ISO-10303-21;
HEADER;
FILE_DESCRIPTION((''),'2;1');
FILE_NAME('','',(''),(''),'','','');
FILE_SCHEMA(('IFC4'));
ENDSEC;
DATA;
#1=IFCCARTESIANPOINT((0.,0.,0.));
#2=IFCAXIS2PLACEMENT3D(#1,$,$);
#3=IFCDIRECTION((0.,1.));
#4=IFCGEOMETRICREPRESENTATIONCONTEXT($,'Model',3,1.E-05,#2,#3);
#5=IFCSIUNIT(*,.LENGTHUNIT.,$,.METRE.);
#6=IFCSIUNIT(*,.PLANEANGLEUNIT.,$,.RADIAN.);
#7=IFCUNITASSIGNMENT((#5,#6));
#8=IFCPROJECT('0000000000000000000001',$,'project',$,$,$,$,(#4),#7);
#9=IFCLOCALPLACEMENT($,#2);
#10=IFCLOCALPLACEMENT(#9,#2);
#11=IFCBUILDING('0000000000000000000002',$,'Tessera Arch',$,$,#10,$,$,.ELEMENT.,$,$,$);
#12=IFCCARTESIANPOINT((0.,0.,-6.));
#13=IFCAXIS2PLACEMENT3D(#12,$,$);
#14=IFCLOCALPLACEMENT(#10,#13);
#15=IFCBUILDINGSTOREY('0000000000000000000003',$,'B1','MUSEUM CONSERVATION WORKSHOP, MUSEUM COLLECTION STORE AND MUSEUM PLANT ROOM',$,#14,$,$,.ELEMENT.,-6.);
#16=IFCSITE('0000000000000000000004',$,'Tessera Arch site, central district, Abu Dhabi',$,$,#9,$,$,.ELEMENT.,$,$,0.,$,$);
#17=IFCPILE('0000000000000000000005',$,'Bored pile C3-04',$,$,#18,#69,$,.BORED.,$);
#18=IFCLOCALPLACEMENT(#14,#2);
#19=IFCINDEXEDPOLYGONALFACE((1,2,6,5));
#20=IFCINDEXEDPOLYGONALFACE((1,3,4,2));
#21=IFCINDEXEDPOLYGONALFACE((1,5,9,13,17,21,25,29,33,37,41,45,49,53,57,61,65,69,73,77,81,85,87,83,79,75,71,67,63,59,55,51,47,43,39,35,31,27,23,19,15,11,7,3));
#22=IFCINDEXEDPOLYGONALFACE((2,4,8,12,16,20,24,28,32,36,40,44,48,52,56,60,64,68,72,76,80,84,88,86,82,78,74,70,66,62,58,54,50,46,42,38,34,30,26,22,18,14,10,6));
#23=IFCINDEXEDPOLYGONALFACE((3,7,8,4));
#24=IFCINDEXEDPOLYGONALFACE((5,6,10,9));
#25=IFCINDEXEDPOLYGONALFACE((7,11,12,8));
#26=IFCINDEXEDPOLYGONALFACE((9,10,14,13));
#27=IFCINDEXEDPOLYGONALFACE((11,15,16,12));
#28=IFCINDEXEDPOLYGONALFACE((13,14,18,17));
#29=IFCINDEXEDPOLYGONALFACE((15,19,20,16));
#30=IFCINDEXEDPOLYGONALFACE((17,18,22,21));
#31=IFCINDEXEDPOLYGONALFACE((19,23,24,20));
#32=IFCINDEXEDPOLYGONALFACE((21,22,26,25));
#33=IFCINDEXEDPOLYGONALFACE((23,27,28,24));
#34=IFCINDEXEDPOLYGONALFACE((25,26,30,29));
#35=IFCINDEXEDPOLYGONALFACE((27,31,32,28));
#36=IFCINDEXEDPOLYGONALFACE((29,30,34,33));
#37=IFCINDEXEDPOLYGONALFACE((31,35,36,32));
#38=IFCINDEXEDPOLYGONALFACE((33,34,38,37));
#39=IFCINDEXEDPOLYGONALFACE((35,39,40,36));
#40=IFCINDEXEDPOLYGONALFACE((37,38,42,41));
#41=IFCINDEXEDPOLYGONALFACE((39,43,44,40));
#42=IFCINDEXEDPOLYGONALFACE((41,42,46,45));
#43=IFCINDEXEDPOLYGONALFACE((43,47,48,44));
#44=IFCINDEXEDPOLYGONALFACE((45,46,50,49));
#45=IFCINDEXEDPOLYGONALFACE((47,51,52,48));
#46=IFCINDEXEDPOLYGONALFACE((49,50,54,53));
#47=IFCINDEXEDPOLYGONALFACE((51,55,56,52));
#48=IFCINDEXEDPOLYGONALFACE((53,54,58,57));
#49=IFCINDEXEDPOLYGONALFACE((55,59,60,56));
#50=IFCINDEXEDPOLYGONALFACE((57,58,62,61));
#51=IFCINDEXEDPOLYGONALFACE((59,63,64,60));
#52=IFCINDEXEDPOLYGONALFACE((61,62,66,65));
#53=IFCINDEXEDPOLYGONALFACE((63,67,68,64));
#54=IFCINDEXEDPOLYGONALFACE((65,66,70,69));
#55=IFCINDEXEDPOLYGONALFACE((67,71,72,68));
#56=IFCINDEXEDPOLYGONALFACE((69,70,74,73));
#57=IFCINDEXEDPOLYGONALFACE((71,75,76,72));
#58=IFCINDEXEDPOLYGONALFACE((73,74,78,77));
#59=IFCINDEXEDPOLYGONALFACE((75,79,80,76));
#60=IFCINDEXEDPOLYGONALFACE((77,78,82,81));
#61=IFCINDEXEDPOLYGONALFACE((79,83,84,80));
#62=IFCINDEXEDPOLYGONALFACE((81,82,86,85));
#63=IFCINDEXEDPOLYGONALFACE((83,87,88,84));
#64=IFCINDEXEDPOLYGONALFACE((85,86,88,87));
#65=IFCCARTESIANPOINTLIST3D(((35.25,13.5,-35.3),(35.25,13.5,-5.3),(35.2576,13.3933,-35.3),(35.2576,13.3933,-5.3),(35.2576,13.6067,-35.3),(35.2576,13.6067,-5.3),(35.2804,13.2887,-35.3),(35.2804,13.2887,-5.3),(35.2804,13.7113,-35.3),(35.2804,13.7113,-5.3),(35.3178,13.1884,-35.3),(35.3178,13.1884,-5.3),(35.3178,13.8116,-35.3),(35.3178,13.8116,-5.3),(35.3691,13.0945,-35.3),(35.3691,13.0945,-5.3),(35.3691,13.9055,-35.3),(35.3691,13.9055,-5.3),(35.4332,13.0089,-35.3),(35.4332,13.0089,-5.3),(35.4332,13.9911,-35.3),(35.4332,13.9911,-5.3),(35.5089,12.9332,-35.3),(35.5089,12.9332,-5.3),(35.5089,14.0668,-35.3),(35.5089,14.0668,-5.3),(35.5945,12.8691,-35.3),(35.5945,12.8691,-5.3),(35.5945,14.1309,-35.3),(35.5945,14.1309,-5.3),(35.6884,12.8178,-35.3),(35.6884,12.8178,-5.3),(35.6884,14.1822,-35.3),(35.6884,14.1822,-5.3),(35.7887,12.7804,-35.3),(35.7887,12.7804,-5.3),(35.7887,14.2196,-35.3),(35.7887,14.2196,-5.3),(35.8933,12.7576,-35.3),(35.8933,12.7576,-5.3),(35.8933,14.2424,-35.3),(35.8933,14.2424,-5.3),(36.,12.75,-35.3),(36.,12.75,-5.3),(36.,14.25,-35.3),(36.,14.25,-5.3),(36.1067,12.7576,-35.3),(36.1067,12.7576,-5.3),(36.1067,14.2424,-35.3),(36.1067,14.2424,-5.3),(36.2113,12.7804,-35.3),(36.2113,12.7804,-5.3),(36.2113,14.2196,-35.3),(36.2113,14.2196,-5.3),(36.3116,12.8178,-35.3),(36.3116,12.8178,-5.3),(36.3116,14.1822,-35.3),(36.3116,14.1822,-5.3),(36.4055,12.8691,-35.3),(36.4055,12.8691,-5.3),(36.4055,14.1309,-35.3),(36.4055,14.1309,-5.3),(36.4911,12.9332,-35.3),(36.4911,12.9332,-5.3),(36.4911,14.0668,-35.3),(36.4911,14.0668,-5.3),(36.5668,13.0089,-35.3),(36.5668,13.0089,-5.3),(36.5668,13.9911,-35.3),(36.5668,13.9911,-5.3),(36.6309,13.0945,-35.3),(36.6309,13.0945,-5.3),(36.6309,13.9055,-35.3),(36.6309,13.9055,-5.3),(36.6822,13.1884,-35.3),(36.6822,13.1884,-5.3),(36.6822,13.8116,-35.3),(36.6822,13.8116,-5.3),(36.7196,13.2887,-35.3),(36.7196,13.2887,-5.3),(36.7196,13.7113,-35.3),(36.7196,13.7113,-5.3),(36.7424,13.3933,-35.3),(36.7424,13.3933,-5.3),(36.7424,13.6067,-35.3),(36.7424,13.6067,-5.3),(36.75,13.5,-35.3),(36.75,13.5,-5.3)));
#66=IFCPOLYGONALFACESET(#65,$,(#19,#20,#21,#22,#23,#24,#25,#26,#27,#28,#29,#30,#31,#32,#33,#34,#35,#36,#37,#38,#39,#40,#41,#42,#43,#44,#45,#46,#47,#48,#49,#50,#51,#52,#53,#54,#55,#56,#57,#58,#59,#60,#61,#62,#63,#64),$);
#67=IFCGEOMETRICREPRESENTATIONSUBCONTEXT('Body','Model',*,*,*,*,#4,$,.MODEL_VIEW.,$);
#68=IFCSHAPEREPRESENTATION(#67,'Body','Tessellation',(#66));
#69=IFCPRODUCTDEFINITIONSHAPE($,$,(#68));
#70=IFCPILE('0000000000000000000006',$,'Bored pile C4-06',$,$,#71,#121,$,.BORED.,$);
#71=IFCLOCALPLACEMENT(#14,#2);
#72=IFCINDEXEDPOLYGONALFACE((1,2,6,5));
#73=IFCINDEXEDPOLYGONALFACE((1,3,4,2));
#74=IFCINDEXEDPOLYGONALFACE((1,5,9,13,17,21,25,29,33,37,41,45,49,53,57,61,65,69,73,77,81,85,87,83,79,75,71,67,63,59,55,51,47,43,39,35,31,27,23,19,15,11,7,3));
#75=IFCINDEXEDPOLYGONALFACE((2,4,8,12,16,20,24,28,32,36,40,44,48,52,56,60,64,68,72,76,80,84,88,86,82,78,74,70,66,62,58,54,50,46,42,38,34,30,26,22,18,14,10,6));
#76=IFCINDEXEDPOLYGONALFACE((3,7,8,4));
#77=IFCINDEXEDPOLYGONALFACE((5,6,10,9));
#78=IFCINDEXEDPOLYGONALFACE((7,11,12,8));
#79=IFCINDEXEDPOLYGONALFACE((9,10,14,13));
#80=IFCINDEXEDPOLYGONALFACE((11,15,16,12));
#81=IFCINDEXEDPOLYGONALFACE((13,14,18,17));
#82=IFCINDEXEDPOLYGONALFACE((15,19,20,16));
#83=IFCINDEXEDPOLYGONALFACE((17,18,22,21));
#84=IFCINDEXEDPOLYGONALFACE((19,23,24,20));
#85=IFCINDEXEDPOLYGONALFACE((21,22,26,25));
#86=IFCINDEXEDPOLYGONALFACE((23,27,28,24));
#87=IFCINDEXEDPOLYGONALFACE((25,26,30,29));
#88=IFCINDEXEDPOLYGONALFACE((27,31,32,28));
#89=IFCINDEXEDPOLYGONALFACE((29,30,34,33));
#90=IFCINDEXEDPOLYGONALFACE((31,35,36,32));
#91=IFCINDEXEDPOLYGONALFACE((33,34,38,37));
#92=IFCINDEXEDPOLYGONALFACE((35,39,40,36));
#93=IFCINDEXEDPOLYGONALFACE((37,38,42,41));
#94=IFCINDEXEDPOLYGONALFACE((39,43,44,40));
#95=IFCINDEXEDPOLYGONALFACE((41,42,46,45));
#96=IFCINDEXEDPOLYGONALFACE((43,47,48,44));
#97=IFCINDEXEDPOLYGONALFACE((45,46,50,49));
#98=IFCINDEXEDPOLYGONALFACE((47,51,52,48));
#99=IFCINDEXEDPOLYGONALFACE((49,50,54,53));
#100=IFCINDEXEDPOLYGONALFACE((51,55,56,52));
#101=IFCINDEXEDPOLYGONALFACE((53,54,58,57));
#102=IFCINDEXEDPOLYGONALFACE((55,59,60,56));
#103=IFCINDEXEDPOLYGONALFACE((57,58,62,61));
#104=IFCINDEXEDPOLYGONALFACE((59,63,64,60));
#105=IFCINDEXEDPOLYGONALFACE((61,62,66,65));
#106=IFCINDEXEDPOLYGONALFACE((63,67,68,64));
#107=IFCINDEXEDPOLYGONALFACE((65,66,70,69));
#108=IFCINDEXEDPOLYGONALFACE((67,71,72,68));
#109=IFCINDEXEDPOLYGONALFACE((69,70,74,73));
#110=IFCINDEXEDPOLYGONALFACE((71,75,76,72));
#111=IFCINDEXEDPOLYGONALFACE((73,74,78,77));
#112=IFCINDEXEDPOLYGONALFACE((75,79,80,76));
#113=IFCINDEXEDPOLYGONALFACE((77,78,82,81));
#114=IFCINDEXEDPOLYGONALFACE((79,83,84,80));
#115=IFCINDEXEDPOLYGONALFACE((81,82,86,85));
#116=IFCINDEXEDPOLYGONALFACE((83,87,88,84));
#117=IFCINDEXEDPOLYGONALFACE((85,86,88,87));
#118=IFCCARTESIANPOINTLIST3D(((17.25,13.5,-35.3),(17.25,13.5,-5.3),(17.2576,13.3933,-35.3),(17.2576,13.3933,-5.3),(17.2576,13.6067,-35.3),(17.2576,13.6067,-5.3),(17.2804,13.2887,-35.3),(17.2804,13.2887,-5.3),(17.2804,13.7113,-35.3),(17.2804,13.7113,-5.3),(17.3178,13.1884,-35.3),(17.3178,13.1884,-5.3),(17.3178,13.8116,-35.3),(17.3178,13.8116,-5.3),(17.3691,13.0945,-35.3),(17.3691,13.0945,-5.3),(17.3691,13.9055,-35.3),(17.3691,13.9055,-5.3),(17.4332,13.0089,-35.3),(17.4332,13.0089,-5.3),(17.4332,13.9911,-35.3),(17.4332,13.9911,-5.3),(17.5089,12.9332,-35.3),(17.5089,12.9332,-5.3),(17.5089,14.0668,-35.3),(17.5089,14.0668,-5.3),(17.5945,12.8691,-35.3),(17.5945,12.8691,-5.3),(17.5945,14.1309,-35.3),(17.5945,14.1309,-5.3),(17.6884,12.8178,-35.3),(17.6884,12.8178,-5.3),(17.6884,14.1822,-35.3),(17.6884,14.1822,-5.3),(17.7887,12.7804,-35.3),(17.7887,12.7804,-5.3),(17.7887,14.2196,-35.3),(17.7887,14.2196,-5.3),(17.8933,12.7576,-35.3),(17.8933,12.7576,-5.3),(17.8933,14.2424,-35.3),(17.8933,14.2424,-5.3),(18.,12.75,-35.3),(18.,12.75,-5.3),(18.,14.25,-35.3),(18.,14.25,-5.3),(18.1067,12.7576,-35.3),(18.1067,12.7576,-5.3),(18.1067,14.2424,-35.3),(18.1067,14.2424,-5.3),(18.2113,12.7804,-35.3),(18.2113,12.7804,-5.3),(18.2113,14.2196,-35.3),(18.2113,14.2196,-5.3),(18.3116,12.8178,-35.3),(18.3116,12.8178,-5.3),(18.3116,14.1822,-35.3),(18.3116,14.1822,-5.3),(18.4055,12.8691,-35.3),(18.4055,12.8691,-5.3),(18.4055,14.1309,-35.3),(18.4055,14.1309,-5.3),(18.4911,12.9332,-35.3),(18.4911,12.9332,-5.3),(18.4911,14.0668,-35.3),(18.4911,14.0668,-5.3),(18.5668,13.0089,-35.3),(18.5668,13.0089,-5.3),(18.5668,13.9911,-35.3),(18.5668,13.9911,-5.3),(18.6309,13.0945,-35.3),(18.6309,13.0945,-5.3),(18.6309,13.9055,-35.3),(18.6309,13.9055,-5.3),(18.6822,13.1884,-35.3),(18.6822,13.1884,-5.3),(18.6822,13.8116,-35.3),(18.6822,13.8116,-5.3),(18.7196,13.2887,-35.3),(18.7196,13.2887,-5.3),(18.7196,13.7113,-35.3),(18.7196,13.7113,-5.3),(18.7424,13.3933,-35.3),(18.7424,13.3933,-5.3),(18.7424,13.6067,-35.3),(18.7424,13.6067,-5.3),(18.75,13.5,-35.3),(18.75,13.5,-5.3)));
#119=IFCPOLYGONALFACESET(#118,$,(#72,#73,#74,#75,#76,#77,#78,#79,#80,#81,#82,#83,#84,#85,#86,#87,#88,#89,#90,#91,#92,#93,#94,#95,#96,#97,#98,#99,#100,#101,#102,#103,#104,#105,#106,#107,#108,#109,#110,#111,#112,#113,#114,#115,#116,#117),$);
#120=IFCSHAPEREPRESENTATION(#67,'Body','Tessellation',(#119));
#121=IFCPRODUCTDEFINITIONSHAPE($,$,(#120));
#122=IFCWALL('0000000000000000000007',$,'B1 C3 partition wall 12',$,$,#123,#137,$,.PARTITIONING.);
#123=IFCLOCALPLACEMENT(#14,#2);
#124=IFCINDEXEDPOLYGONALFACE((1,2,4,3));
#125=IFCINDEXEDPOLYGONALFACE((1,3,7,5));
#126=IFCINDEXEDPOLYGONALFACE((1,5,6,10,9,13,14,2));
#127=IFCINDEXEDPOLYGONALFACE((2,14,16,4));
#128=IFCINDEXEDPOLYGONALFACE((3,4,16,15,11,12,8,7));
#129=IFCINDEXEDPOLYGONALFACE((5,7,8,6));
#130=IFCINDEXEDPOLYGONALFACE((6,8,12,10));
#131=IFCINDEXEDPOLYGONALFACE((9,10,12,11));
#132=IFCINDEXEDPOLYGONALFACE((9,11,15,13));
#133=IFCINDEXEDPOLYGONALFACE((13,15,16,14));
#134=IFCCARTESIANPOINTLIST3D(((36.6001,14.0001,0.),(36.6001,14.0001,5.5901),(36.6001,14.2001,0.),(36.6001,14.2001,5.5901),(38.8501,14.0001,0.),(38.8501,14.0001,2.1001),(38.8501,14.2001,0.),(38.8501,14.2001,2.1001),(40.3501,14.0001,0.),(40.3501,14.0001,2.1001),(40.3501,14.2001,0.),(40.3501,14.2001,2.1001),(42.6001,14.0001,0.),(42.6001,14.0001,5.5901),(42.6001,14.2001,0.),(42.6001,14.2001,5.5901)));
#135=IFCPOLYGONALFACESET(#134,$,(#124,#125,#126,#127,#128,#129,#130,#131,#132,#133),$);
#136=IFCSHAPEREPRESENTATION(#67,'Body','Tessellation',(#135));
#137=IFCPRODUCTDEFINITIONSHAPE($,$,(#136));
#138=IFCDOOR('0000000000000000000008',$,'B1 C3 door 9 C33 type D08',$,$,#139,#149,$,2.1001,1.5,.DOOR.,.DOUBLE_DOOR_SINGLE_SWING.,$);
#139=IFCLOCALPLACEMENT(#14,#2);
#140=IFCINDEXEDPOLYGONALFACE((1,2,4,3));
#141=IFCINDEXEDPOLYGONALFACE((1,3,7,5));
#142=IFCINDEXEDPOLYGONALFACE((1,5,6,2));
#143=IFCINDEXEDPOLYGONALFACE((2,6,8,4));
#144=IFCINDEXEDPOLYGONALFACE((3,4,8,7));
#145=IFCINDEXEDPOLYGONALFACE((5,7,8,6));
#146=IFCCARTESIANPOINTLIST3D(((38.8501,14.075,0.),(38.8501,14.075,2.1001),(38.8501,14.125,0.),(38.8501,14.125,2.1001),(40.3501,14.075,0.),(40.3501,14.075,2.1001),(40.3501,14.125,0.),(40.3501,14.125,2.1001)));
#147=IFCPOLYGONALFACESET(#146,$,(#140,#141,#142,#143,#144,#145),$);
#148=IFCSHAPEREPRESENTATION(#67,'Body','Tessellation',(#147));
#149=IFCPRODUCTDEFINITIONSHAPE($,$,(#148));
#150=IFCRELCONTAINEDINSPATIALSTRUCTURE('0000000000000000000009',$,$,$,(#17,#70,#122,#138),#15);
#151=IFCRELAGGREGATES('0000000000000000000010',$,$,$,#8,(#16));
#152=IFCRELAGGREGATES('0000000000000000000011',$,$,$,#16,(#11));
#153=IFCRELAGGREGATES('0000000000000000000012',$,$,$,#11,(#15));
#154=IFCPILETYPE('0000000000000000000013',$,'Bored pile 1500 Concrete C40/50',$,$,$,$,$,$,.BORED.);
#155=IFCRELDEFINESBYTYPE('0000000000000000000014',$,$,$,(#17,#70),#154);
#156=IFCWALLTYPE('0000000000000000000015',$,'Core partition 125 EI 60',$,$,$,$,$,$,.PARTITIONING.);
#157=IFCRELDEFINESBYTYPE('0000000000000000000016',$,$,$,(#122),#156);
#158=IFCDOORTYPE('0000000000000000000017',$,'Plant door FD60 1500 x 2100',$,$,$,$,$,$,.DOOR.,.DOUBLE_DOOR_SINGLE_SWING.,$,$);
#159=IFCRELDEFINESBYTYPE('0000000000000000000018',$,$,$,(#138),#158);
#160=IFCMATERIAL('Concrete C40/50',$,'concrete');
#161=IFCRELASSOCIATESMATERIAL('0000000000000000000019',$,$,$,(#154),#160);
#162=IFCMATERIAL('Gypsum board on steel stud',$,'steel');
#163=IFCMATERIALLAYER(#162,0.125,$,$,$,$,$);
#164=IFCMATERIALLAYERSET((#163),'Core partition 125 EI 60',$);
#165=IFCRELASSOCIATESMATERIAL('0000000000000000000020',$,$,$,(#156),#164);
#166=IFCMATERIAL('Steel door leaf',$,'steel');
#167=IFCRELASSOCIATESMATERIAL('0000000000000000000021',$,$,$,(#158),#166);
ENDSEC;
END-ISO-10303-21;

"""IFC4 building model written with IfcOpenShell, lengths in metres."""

from ifc_helpers import new_model, si_unit, direction, frame, frame_2d, origin, origin_2d, place, context, subcontext, project, spatial, rectangle, circle, extrude, material, layer, layer_set, type_object, element, fill, save


model = new_model("IFC4")

# Units and contexts
model_context = context("Model", 3, precision=1e-05, world=origin(), true_north=direction((0.0, 1.0)))
body_context = subcontext(model_context, "Body", "Model", "MODEL_VIEW")
ifc_project = project(units=[si_unit("LENGTHUNIT", "METRE"), si_unit("PLANEANGLEUNIT", "RADIAN")], contexts=[model_context])

# Site, building, storey
site_placement = place(None, origin())
site = spatial("IfcSite", under=ifc_project, at=site_placement, Name="Tessera Arch site, central district, Abu Dhabi", CompositionType="ELEMENT", RefElevation=0.0)
building_placement = place(site_placement, origin())
building = spatial("IfcBuilding", under=site, at=building_placement, Name="Tessera Arch", CompositionType="ELEMENT")
storey_placement = place(building_placement, frame((0.0, 0.0, -6.0)))
storey = spatial("IfcBuildingStorey", under=building, at=storey_placement, Name="B1", Description="MUSEUM CONSERVATION WORKSHOP, MUSEUM COLLECTION STORE AND MUSEUM PLANT ROOM", CompositionType="ELEMENT", Elevation=-6.0)

# Piles
ifc_material_1 = material(Name="Concrete C40/50", Category="concrete")
pile_type = type_object("IfcPileType", Name="Bored pile 1500 Concrete C40/50", PredefinedType="BORED", material=ifc_material_1)
for number, where, z_axis, x_axis, name in (
    (1, (36.0, 13.5, -5.3), (0.0, 0.0, -1.0), (1.0, 0.0, 0.0), "Bored pile C3-04"),
    (2, (18.0, 13.5, -5.3), (0.0, 0.0, -1.0), (1.0, 0.0, 0.0), "Bored pile C4-06"),
):
    element("IfcPile", number, at=place(storey_placement, frame(where, z_axis=z_axis, x_axis=x_axis)), inside=storey, type_object=pile_type, Name=name, PredefinedType="BORED", context=body_context, shape_type="SweptSolid", body=[
        extrude(circle(Radius=0.75, at=origin_2d()), origin(), (0.0, 0.0, 1.0), 30.0),
    ])

# Wall, opening, door
ifc_material_2 = material(Name="Gypsum board on steel stud", Category="steel")
ifc_layer_1 = layer(ifc_material_2, 0.125)
ifc_layer_set_1 = layer_set([ifc_layer_1], Name="Core partition 125 EI 60")
wall_type_1 = type_object("IfcWallType", Name="Core partition 125 EI 60", PredefinedType="PARTITIONING", material=ifc_layer_set_1)
wall_1_placement = place(storey_placement, frame((36.6001, 14.1001, 0.0), z_axis=(0.0, 0.0, 1.0), x_axis=(1.0, 0.0, 0.0)))
wall_1 = element("IfcWall", 3, at=wall_1_placement, inside=storey, type_object=wall_type_1, Name="B1 C3 partition wall 12", PredefinedType="PARTITIONING", context=body_context, shape_type="SweptSolid", body=[
    extrude(rectangle(XDim=6.0, YDim=0.2, at=frame_2d((3.0, 0.0))), origin(), (0.0, 0.0, 1.0), 5.5901),
])
opening_1_placement = place(wall_1_placement, frame((2.25, 0.0, 0.0)))
opening_1 = element("IfcOpeningElement", 4, at=opening_1_placement, cuts=wall_1, PredefinedType="OPENING", context=body_context, shape_type="SweptSolid", body=[
    extrude(rectangle(XDim=1.5, YDim=2.1001, at=frame_2d((0.75, 1.05))), frame((0.0, 0.1099, 0.0), z_axis=(0.0, -1.0, 0.0), x_axis=(1.0, 0.0, 0.0)), (0.0, 0.0, 1.0), 0.22),
])
ifc_material_3 = material(Name="Steel door leaf", Category="steel")
door_type_1 = type_object("IfcDoorType", Name="Plant door FD60 1500 x 2100", OperationType="DOUBLE_DOOR_SINGLE_SWING", PredefinedType="DOOR", material=ifc_material_3)
door_1_placement = place(opening_1_placement, origin())
door_1 = element("IfcDoor", 5, at=door_1_placement, inside=storey, type_object=door_type_1, Name="B1 C3 door 9 C33 type D08", OperationType="DOUBLE_DOOR_SINGLE_SWING", OverallHeight=2.1001, OverallWidth=1.5, PredefinedType="DOOR", context=body_context, shape_type="SweptSolid", body=[
    extrude(rectangle(XDim=1.5, YDim=2.1001, at=frame_2d((0.75, 1.05))), frame((0.0, 0.0249, 0.0), z_axis=(0.0, -1.0, 0.0), x_axis=(1.0, 0.0, 0.0)), (0.0, 0.0, 1.0), 0.05),
])
fill(opening_1, door_1)

save(model, "model.ifc")
